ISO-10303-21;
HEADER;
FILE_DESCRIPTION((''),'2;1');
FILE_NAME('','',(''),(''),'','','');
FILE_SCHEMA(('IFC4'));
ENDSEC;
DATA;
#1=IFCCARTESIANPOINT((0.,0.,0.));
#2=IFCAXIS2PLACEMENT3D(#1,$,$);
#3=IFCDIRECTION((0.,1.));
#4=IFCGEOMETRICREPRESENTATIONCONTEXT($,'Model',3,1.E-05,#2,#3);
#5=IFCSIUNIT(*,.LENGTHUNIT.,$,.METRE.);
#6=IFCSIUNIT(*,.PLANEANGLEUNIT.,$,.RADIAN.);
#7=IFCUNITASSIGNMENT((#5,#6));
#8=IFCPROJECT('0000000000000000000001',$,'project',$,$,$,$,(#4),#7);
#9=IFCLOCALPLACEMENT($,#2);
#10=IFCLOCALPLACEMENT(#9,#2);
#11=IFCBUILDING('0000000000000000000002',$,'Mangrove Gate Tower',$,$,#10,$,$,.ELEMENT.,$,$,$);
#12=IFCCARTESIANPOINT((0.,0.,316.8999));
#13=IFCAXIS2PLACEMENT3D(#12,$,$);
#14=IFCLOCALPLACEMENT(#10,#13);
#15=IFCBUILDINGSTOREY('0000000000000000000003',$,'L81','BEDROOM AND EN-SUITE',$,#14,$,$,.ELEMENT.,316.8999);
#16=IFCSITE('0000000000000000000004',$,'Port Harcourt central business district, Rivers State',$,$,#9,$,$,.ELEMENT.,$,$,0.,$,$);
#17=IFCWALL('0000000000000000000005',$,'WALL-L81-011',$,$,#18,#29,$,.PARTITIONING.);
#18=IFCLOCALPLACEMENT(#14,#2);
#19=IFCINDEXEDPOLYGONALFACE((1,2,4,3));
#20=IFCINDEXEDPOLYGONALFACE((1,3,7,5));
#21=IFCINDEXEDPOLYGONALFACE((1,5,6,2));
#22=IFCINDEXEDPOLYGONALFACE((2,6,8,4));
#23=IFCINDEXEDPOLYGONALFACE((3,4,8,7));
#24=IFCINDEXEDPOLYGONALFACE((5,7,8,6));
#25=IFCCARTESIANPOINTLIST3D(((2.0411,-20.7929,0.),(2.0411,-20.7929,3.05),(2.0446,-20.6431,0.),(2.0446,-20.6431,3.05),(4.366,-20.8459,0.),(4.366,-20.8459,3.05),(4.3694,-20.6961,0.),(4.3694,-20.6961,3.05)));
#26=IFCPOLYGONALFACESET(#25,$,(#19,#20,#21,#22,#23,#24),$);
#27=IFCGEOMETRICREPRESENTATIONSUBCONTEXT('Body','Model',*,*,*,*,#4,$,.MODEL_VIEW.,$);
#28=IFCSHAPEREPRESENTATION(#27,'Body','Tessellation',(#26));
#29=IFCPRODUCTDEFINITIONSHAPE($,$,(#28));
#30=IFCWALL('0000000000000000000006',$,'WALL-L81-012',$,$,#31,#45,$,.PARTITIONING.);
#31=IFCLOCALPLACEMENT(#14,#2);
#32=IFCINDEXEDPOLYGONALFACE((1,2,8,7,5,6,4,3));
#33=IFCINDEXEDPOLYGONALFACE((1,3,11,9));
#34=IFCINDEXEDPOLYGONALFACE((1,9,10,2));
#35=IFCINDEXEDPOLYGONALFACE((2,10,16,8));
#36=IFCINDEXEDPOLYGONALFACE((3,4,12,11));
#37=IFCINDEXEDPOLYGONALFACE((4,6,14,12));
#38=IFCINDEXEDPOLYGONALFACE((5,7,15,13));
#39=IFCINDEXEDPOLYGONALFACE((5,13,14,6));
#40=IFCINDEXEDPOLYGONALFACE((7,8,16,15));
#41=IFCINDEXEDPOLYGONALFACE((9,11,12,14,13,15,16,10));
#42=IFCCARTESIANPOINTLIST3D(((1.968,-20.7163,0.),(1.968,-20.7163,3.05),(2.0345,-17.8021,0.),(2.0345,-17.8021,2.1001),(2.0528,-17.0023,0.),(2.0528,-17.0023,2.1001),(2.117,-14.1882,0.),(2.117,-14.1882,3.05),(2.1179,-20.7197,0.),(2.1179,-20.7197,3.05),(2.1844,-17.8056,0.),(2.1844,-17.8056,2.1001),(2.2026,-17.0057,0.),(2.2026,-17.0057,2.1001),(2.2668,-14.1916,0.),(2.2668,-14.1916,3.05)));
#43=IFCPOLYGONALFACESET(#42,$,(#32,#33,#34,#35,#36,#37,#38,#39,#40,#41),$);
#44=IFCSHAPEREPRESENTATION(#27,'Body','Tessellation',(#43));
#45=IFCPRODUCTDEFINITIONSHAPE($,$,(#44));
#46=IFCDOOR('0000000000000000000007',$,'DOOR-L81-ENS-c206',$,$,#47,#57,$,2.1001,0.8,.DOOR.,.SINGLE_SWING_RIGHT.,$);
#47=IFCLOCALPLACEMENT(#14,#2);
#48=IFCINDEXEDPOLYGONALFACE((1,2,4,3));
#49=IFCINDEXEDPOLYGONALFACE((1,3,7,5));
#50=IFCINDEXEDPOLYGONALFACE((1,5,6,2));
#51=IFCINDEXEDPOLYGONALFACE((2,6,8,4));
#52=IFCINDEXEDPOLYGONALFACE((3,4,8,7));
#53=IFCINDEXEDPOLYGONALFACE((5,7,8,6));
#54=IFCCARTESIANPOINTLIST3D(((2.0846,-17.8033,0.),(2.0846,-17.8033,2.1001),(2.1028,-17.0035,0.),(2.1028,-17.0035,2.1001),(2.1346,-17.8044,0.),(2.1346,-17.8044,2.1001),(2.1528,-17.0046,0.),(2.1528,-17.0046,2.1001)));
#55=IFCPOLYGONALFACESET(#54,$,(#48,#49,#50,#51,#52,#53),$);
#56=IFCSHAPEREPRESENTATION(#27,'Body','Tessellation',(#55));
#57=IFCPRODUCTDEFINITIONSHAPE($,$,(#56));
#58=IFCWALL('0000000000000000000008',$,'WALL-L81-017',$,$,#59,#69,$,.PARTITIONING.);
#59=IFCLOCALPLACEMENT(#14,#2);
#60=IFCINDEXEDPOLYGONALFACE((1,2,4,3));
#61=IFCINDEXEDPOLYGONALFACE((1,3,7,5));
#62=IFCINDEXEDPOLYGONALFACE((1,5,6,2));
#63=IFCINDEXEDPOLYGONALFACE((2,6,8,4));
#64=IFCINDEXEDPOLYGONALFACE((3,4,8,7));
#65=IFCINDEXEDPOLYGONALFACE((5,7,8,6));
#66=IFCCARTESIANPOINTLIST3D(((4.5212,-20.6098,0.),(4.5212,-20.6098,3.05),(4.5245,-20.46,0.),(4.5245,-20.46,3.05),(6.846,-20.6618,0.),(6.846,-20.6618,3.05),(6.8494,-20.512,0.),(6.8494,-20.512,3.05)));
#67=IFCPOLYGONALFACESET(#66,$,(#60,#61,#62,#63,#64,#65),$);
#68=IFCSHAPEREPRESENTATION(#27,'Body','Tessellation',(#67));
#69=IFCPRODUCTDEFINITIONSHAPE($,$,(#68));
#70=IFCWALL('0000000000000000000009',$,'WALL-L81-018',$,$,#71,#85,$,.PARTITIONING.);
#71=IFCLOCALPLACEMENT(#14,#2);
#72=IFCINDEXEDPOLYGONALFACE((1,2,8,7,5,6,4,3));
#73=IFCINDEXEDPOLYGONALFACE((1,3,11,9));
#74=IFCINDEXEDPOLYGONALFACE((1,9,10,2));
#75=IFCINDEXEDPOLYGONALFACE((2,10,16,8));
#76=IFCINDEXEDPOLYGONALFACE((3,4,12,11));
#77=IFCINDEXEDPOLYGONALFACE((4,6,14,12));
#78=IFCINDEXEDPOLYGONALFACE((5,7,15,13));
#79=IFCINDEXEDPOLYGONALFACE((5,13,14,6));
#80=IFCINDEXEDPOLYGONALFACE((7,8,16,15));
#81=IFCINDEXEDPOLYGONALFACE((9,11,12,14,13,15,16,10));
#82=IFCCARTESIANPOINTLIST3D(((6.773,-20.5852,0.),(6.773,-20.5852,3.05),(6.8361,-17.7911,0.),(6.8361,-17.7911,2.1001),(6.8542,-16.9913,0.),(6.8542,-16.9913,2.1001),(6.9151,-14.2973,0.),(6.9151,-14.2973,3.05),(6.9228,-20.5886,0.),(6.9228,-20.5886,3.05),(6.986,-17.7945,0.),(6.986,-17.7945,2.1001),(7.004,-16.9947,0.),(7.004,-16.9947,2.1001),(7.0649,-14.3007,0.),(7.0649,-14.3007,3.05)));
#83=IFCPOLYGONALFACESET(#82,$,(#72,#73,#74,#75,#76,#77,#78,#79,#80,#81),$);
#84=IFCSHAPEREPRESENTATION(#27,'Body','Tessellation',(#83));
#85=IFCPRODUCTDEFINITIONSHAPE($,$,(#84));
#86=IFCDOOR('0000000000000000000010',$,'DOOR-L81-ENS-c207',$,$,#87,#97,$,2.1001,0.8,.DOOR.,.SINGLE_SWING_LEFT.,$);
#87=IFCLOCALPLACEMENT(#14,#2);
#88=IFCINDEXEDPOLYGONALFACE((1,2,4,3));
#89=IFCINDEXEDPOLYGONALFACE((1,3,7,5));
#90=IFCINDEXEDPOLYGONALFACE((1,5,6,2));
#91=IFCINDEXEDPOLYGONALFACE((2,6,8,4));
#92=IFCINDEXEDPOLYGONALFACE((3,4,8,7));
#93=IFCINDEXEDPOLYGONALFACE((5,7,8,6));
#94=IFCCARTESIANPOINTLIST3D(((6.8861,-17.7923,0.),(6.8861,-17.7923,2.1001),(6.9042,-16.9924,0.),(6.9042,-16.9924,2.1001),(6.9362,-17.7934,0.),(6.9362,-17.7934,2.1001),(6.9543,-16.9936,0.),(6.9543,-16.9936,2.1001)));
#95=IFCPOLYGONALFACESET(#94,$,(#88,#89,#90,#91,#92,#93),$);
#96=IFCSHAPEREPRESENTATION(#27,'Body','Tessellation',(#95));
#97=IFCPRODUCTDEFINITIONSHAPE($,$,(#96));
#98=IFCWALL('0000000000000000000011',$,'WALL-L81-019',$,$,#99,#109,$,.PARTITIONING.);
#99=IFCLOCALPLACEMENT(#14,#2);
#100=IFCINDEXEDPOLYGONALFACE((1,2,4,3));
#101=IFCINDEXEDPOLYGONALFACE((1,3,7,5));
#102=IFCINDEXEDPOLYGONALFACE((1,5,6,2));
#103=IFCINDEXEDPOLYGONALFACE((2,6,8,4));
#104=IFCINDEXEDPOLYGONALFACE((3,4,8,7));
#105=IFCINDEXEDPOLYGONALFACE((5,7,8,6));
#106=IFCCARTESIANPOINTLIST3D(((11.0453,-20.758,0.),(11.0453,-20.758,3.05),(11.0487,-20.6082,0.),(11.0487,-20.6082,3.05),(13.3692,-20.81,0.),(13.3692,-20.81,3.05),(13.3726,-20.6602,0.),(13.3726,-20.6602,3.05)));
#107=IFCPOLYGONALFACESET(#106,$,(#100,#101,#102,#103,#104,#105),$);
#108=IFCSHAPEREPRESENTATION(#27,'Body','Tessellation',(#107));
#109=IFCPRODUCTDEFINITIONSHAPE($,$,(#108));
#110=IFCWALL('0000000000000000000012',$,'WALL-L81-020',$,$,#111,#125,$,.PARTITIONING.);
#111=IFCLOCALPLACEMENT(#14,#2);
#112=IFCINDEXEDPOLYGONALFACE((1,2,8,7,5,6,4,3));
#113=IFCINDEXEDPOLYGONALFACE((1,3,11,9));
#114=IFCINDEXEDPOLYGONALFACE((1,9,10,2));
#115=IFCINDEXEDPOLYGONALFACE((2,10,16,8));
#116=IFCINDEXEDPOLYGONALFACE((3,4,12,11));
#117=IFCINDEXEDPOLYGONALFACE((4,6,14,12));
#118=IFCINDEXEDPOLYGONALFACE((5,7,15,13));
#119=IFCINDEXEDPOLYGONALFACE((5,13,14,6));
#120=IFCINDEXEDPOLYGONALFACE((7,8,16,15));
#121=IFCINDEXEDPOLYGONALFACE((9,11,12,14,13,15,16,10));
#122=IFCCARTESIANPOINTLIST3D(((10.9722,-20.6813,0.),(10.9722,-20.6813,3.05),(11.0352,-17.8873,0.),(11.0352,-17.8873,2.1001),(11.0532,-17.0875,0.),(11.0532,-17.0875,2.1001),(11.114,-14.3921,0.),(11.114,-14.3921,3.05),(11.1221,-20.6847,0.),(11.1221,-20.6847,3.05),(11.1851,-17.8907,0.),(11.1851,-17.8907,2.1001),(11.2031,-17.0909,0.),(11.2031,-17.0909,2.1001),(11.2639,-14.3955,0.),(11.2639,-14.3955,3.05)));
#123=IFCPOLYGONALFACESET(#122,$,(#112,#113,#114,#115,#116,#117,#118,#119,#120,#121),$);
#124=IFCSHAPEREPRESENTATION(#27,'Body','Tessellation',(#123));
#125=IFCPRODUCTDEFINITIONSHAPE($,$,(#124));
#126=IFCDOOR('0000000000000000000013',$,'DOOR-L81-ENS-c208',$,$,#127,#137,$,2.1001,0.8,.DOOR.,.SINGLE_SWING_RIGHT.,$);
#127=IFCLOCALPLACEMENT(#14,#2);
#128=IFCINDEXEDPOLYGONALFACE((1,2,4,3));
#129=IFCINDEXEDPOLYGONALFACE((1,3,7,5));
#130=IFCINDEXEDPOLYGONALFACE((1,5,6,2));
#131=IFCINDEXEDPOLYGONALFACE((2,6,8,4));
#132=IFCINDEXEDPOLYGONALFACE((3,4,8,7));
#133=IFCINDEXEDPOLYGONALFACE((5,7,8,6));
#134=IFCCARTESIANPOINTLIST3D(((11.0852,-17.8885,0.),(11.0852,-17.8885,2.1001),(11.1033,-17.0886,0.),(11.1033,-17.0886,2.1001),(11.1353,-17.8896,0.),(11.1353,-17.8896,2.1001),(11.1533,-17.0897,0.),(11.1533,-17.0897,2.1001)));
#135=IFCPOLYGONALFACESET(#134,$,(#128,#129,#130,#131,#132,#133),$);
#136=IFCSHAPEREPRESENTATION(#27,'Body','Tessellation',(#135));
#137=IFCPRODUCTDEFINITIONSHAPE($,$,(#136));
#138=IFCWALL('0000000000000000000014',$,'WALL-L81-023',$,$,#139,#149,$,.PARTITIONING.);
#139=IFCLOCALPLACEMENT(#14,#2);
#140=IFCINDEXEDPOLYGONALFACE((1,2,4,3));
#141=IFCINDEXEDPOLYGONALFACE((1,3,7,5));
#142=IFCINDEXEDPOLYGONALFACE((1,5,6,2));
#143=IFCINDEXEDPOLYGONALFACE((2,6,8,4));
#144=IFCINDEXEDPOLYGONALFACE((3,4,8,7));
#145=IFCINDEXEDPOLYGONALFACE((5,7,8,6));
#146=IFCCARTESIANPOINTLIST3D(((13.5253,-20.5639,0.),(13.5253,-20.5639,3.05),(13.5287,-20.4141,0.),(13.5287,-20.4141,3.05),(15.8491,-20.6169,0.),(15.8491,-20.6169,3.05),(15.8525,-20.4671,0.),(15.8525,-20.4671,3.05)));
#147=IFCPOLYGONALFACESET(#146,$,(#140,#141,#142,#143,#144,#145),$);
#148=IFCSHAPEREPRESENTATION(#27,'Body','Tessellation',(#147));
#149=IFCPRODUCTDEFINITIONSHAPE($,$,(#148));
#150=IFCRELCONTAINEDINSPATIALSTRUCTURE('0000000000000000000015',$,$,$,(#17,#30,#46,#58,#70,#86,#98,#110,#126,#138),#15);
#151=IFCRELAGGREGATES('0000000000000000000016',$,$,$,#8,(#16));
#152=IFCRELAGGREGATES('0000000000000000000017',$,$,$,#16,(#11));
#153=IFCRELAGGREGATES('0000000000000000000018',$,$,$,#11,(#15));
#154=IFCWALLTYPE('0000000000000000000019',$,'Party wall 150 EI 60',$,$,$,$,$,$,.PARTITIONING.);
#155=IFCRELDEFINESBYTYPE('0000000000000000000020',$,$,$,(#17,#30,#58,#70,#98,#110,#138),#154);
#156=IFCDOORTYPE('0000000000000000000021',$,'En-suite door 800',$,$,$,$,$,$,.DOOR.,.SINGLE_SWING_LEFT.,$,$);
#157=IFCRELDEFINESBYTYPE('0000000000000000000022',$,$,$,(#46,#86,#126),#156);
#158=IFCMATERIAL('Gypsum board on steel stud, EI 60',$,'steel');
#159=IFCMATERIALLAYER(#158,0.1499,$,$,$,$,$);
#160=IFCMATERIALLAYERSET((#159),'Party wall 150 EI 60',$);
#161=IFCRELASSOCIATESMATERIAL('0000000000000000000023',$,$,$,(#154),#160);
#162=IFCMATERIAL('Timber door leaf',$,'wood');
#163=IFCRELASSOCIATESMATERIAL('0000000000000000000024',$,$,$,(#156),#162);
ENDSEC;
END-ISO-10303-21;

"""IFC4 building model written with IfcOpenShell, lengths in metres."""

from ifc_helpers import new_model, si_unit, direction, frame, frame_2d, origin, place, context, subcontext, project, spatial, rectangle, extrude, material, layer, layer_set, type_object, element, fill, save


model = new_model("IFC4")

# Units and contexts
model_context = context("Model", 3, precision=1e-05, world=origin(), true_north=direction((0.0, 1.0)))
body_context = subcontext(model_context, "Body", "Model", "MODEL_VIEW")
ifc_project = project(units=[si_unit("LENGTHUNIT", "METRE"), si_unit("PLANEANGLEUNIT", "RADIAN")], contexts=[model_context])

# Site, building, storey
site_placement = place(None, origin())
site = spatial("IfcSite", under=ifc_project, at=site_placement, Name="Port Harcourt central business district, Rivers State", CompositionType="ELEMENT", RefElevation=0.0)
building_placement = place(site_placement, origin())
building = spatial("IfcBuilding", under=site, at=building_placement, Name="Mangrove Gate Tower", CompositionType="ELEMENT")
storey_placement = place(building_placement, frame((0.0, 0.0, 316.8999)))
storey = spatial("IfcBuildingStorey", under=building, at=storey_placement, Name="L81", Description="BEDROOM AND EN-SUITE", CompositionType="ELEMENT", Elevation=316.8999)

# Wall
ifc_material_1 = material(Name="Gypsum board on steel stud, EI 60", Category="steel")
ifc_layer_1 = layer(ifc_material_1, 0.1499)
ifc_layer_set_1 = layer_set([ifc_layer_1], Name="Party wall 150 EI 60")
wall_type_1 = type_object("IfcWallType", Name="Party wall 150 EI 60", PredefinedType="PARTITIONING", material=ifc_layer_set_1)
wall_1_placement = place(storey_placement, frame((2.043, -20.718, 0.0), z_axis=(0.0, 0.0, 1.0), x_axis=(0.99974, -0.022781, 0.0)))
element("IfcWall", 1, at=wall_1_placement, inside=storey, type_object=wall_type_1, Name="WALL-L81-011", PredefinedType="PARTITIONING", context=body_context, shape_type="SweptSolid", body=[
    extrude(rectangle(XDim=2.3254, YDim=0.1499, at=frame_2d((1.1626, 0.0))), origin(), (0.0, 0.0, 1.0), 3.05),
])

# Wall, opening, door
wall_2_placement = place(storey_placement, frame((2.043, -20.718, 0.0), z_axis=(0.0, 0.0, 1.0), x_axis=(0.022807, 0.99974, 0.0)))
wall_2 = element("IfcWall", 2, at=wall_2_placement, inside=storey, type_object=wall_type_1, Name="WALL-L81-012", PredefinedType="PARTITIONING", context=body_context, shape_type="SweptSolid", body=[
    extrude(rectangle(XDim=6.5298, YDim=0.1499, at=frame_2d((3.2649, 0.0))), origin(), (0.0, 0.0, 1.0), 3.05),
])
opening_1_placement = place(wall_2_placement, frame((2.915, 0.0, 0.0)))
opening_1 = element("IfcOpeningElement", 3, at=opening_1_placement, cuts=wall_2, PredefinedType="OPENING", context=body_context, shape_type="SweptSolid", body=[
    extrude(rectangle(XDim=0.8, YDim=2.1001, at=frame_2d((0.3999, 1.05))), frame((0.0, 0.085, 0.0), z_axis=(0.0, -1.0, 0.0), x_axis=(1.0, 0.0, 0.0)), (0.0, 0.0, 1.0), 0.1699),
])
ifc_material_2 = material(Name="Timber door leaf", Category="wood")
door_type_1 = type_object("IfcDoorType", Name="En-suite door 800", OperationType="SINGLE_SWING_LEFT", PredefinedType="DOOR", material=ifc_material_2)
door_1_placement = place(opening_1_placement, origin())
door_1 = element("IfcDoor", 4, at=door_1_placement, inside=storey, type_object=door_type_1, Name="DOOR-L81-ENS-c206", OperationType="SINGLE_SWING_RIGHT", OverallHeight=2.1001, OverallWidth=0.8, PredefinedType="DOOR", context=body_context, shape_type="SweptSolid", body=[
    extrude(rectangle(XDim=0.8, YDim=2.1001, at=frame_2d((0.3999, 1.05))), frame((0.0, 0.0249, 0.0), z_axis=(0.0, -1.0, 0.0), x_axis=(1.0, 0.0, 0.0)), (0.0, 0.0, 1.0), 0.05),
])
fill(opening_1, door_1)

# Wall
wall_3_placement = place(storey_placement, frame((4.5229, -20.5349, 0.0), z_axis=(0.0, 0.0, 1.0), x_axis=(0.99975, -0.022361, 0.0)))
element("IfcWall", 5, at=wall_3_placement, inside=storey, type_object=wall_type_1, Name="WALL-L81-017", PredefinedType="PARTITIONING", context=body_context, shape_type="SweptSolid", body=[
    extrude(rectangle(XDim=2.3254, YDim=0.1499, at=frame_2d((1.1626, 0.0))), origin(), (0.0, 0.0, 1.0), 3.05),
])

# Wall, opening, door
wall_4_placement = place(storey_placement, frame((6.8479, -20.5869, 0.0), z_axis=(0.0, 0.0, 1.0), x_axis=(0.022592, 0.999745, 0.0)))
wall_4 = element("IfcWall", 6, at=wall_4_placement, inside=storey, type_object=wall_type_1, Name="WALL-L81-018", PredefinedType="PARTITIONING", context=body_context, shape_type="SweptSolid", body=[
    extrude(rectangle(XDim=6.2896, YDim=0.1499, at=frame_2d((3.1448, 0.0))), origin(), (0.0, 0.0, 1.0), 3.05),
])
opening_2_placement = place(wall_4_placement, frame((2.7949, 0.0, 0.0)))
opening_2 = element("IfcOpeningElement", 7, at=opening_2_placement, cuts=wall_4, PredefinedType="OPENING", context=body_context, shape_type="SweptSolid", body=[
    extrude(rectangle(XDim=0.8, YDim=2.1001, at=frame_2d((0.3999, 1.05))), frame((0.0, 0.085, 0.0), z_axis=(0.0, -1.0, 0.0), x_axis=(1.0, 0.0, 0.0)), (0.0, 0.0, 1.0), 0.1699),
])
door_2_placement = place(opening_2_placement, origin())
door_2 = element("IfcDoor", 8, at=door_2_placement, inside=storey, type_object=door_type_1, Name="DOOR-L81-ENS-c207", OperationType="SINGLE_SWING_LEFT", OverallHeight=2.1001, OverallWidth=0.8, PredefinedType="DOOR", context=body_context, shape_type="SweptSolid", body=[
    extrude(rectangle(XDim=0.8, YDim=2.1001, at=frame_2d((0.3999, 1.05))), frame((0.0, 0.0249, 0.0), z_axis=(0.0, -1.0, 0.0), x_axis=(1.0, 0.0, 0.0)), (0.0, 0.0, 1.0), 0.05),
])
fill(opening_2, door_2)

# Wall
wall_5_placement = place(storey_placement, frame((11.0471, -20.6831, 0.0), z_axis=(0.0, 0.0, 1.0), x_axis=(0.99975, -0.022371, 0.0)))
element("IfcWall", 9, at=wall_5_placement, inside=storey, type_object=wall_type_1, Name="WALL-L81-019", PredefinedType="PARTITIONING", context=body_context, shape_type="SweptSolid", body=[
    extrude(rectangle(XDim=2.3245, YDim=0.1499, at=frame_2d((1.1621, 0.0))), origin(), (0.0, 0.0, 1.0), 3.05),
])

# Wall, opening, door
wall_6_placement = place(storey_placement, frame((11.0471, -20.6831, 0.0), z_axis=(0.0, 0.0, 1.0), x_axis=(0.022549, 0.999746, 0.0)))
wall_6 = element("IfcWall", 10, at=wall_6_placement, inside=storey, type_object=wall_type_1, Name="WALL-L81-020", PredefinedType="PARTITIONING", context=body_context, shape_type="SweptSolid", body=[
    extrude(rectangle(XDim=6.2908, YDim=0.1499, at=frame_2d((3.1455, 0.0))), origin(), (0.0, 0.0, 1.0), 3.05),
])
opening_3_placement = place(wall_6_placement, frame((2.7949, 0.0, 0.0)))
opening_3 = element("IfcOpeningElement", 11, at=opening_3_placement, cuts=wall_6, PredefinedType="OPENING", context=body_context, shape_type="SweptSolid", body=[
    extrude(rectangle(XDim=0.8, YDim=2.1001, at=frame_2d((0.3999, 1.05))), frame((0.0, 0.085, 0.0), z_axis=(0.0, -1.0, 0.0), x_axis=(1.0, 0.0, 0.0)), (0.0, 0.0, 1.0), 0.1699),
])
door_3_placement = place(opening_3_placement, origin())
door_3 = element("IfcDoor", 12, at=door_3_placement, inside=storey, type_object=door_type_1, Name="DOOR-L81-ENS-c208", OperationType="SINGLE_SWING_RIGHT", OverallHeight=2.1001, OverallWidth=0.8, PredefinedType="DOOR", context=body_context, shape_type="SweptSolid", body=[
    extrude(rectangle(XDim=0.8, YDim=2.1001, at=frame_2d((0.3999, 1.05))), frame((0.0, 0.0249, 0.0), z_axis=(0.0, -1.0, 0.0), x_axis=(1.0, 0.0, 0.0)), (0.0, 0.0, 1.0), 0.05),
])
fill(opening_3, door_3)

# Wall
wall_7_placement = place(storey_placement, frame((13.5271, -20.489, 0.0), z_axis=(0.0, 0.0, 1.0), x_axis=(0.99974, -0.022791, 0.0)))
element("IfcWall", 13, at=wall_7_placement, inside=storey, type_object=wall_type_1, Name="WALL-L81-023", PredefinedType="PARTITIONING", context=body_context, shape_type="SweptSolid", body=[
    extrude(rectangle(XDim=2.3245, YDim=0.1499, at=frame_2d((1.1621, 0.0))), origin(), (0.0, 0.0, 1.0), 3.05),
])

save(model, "model.ifc")
